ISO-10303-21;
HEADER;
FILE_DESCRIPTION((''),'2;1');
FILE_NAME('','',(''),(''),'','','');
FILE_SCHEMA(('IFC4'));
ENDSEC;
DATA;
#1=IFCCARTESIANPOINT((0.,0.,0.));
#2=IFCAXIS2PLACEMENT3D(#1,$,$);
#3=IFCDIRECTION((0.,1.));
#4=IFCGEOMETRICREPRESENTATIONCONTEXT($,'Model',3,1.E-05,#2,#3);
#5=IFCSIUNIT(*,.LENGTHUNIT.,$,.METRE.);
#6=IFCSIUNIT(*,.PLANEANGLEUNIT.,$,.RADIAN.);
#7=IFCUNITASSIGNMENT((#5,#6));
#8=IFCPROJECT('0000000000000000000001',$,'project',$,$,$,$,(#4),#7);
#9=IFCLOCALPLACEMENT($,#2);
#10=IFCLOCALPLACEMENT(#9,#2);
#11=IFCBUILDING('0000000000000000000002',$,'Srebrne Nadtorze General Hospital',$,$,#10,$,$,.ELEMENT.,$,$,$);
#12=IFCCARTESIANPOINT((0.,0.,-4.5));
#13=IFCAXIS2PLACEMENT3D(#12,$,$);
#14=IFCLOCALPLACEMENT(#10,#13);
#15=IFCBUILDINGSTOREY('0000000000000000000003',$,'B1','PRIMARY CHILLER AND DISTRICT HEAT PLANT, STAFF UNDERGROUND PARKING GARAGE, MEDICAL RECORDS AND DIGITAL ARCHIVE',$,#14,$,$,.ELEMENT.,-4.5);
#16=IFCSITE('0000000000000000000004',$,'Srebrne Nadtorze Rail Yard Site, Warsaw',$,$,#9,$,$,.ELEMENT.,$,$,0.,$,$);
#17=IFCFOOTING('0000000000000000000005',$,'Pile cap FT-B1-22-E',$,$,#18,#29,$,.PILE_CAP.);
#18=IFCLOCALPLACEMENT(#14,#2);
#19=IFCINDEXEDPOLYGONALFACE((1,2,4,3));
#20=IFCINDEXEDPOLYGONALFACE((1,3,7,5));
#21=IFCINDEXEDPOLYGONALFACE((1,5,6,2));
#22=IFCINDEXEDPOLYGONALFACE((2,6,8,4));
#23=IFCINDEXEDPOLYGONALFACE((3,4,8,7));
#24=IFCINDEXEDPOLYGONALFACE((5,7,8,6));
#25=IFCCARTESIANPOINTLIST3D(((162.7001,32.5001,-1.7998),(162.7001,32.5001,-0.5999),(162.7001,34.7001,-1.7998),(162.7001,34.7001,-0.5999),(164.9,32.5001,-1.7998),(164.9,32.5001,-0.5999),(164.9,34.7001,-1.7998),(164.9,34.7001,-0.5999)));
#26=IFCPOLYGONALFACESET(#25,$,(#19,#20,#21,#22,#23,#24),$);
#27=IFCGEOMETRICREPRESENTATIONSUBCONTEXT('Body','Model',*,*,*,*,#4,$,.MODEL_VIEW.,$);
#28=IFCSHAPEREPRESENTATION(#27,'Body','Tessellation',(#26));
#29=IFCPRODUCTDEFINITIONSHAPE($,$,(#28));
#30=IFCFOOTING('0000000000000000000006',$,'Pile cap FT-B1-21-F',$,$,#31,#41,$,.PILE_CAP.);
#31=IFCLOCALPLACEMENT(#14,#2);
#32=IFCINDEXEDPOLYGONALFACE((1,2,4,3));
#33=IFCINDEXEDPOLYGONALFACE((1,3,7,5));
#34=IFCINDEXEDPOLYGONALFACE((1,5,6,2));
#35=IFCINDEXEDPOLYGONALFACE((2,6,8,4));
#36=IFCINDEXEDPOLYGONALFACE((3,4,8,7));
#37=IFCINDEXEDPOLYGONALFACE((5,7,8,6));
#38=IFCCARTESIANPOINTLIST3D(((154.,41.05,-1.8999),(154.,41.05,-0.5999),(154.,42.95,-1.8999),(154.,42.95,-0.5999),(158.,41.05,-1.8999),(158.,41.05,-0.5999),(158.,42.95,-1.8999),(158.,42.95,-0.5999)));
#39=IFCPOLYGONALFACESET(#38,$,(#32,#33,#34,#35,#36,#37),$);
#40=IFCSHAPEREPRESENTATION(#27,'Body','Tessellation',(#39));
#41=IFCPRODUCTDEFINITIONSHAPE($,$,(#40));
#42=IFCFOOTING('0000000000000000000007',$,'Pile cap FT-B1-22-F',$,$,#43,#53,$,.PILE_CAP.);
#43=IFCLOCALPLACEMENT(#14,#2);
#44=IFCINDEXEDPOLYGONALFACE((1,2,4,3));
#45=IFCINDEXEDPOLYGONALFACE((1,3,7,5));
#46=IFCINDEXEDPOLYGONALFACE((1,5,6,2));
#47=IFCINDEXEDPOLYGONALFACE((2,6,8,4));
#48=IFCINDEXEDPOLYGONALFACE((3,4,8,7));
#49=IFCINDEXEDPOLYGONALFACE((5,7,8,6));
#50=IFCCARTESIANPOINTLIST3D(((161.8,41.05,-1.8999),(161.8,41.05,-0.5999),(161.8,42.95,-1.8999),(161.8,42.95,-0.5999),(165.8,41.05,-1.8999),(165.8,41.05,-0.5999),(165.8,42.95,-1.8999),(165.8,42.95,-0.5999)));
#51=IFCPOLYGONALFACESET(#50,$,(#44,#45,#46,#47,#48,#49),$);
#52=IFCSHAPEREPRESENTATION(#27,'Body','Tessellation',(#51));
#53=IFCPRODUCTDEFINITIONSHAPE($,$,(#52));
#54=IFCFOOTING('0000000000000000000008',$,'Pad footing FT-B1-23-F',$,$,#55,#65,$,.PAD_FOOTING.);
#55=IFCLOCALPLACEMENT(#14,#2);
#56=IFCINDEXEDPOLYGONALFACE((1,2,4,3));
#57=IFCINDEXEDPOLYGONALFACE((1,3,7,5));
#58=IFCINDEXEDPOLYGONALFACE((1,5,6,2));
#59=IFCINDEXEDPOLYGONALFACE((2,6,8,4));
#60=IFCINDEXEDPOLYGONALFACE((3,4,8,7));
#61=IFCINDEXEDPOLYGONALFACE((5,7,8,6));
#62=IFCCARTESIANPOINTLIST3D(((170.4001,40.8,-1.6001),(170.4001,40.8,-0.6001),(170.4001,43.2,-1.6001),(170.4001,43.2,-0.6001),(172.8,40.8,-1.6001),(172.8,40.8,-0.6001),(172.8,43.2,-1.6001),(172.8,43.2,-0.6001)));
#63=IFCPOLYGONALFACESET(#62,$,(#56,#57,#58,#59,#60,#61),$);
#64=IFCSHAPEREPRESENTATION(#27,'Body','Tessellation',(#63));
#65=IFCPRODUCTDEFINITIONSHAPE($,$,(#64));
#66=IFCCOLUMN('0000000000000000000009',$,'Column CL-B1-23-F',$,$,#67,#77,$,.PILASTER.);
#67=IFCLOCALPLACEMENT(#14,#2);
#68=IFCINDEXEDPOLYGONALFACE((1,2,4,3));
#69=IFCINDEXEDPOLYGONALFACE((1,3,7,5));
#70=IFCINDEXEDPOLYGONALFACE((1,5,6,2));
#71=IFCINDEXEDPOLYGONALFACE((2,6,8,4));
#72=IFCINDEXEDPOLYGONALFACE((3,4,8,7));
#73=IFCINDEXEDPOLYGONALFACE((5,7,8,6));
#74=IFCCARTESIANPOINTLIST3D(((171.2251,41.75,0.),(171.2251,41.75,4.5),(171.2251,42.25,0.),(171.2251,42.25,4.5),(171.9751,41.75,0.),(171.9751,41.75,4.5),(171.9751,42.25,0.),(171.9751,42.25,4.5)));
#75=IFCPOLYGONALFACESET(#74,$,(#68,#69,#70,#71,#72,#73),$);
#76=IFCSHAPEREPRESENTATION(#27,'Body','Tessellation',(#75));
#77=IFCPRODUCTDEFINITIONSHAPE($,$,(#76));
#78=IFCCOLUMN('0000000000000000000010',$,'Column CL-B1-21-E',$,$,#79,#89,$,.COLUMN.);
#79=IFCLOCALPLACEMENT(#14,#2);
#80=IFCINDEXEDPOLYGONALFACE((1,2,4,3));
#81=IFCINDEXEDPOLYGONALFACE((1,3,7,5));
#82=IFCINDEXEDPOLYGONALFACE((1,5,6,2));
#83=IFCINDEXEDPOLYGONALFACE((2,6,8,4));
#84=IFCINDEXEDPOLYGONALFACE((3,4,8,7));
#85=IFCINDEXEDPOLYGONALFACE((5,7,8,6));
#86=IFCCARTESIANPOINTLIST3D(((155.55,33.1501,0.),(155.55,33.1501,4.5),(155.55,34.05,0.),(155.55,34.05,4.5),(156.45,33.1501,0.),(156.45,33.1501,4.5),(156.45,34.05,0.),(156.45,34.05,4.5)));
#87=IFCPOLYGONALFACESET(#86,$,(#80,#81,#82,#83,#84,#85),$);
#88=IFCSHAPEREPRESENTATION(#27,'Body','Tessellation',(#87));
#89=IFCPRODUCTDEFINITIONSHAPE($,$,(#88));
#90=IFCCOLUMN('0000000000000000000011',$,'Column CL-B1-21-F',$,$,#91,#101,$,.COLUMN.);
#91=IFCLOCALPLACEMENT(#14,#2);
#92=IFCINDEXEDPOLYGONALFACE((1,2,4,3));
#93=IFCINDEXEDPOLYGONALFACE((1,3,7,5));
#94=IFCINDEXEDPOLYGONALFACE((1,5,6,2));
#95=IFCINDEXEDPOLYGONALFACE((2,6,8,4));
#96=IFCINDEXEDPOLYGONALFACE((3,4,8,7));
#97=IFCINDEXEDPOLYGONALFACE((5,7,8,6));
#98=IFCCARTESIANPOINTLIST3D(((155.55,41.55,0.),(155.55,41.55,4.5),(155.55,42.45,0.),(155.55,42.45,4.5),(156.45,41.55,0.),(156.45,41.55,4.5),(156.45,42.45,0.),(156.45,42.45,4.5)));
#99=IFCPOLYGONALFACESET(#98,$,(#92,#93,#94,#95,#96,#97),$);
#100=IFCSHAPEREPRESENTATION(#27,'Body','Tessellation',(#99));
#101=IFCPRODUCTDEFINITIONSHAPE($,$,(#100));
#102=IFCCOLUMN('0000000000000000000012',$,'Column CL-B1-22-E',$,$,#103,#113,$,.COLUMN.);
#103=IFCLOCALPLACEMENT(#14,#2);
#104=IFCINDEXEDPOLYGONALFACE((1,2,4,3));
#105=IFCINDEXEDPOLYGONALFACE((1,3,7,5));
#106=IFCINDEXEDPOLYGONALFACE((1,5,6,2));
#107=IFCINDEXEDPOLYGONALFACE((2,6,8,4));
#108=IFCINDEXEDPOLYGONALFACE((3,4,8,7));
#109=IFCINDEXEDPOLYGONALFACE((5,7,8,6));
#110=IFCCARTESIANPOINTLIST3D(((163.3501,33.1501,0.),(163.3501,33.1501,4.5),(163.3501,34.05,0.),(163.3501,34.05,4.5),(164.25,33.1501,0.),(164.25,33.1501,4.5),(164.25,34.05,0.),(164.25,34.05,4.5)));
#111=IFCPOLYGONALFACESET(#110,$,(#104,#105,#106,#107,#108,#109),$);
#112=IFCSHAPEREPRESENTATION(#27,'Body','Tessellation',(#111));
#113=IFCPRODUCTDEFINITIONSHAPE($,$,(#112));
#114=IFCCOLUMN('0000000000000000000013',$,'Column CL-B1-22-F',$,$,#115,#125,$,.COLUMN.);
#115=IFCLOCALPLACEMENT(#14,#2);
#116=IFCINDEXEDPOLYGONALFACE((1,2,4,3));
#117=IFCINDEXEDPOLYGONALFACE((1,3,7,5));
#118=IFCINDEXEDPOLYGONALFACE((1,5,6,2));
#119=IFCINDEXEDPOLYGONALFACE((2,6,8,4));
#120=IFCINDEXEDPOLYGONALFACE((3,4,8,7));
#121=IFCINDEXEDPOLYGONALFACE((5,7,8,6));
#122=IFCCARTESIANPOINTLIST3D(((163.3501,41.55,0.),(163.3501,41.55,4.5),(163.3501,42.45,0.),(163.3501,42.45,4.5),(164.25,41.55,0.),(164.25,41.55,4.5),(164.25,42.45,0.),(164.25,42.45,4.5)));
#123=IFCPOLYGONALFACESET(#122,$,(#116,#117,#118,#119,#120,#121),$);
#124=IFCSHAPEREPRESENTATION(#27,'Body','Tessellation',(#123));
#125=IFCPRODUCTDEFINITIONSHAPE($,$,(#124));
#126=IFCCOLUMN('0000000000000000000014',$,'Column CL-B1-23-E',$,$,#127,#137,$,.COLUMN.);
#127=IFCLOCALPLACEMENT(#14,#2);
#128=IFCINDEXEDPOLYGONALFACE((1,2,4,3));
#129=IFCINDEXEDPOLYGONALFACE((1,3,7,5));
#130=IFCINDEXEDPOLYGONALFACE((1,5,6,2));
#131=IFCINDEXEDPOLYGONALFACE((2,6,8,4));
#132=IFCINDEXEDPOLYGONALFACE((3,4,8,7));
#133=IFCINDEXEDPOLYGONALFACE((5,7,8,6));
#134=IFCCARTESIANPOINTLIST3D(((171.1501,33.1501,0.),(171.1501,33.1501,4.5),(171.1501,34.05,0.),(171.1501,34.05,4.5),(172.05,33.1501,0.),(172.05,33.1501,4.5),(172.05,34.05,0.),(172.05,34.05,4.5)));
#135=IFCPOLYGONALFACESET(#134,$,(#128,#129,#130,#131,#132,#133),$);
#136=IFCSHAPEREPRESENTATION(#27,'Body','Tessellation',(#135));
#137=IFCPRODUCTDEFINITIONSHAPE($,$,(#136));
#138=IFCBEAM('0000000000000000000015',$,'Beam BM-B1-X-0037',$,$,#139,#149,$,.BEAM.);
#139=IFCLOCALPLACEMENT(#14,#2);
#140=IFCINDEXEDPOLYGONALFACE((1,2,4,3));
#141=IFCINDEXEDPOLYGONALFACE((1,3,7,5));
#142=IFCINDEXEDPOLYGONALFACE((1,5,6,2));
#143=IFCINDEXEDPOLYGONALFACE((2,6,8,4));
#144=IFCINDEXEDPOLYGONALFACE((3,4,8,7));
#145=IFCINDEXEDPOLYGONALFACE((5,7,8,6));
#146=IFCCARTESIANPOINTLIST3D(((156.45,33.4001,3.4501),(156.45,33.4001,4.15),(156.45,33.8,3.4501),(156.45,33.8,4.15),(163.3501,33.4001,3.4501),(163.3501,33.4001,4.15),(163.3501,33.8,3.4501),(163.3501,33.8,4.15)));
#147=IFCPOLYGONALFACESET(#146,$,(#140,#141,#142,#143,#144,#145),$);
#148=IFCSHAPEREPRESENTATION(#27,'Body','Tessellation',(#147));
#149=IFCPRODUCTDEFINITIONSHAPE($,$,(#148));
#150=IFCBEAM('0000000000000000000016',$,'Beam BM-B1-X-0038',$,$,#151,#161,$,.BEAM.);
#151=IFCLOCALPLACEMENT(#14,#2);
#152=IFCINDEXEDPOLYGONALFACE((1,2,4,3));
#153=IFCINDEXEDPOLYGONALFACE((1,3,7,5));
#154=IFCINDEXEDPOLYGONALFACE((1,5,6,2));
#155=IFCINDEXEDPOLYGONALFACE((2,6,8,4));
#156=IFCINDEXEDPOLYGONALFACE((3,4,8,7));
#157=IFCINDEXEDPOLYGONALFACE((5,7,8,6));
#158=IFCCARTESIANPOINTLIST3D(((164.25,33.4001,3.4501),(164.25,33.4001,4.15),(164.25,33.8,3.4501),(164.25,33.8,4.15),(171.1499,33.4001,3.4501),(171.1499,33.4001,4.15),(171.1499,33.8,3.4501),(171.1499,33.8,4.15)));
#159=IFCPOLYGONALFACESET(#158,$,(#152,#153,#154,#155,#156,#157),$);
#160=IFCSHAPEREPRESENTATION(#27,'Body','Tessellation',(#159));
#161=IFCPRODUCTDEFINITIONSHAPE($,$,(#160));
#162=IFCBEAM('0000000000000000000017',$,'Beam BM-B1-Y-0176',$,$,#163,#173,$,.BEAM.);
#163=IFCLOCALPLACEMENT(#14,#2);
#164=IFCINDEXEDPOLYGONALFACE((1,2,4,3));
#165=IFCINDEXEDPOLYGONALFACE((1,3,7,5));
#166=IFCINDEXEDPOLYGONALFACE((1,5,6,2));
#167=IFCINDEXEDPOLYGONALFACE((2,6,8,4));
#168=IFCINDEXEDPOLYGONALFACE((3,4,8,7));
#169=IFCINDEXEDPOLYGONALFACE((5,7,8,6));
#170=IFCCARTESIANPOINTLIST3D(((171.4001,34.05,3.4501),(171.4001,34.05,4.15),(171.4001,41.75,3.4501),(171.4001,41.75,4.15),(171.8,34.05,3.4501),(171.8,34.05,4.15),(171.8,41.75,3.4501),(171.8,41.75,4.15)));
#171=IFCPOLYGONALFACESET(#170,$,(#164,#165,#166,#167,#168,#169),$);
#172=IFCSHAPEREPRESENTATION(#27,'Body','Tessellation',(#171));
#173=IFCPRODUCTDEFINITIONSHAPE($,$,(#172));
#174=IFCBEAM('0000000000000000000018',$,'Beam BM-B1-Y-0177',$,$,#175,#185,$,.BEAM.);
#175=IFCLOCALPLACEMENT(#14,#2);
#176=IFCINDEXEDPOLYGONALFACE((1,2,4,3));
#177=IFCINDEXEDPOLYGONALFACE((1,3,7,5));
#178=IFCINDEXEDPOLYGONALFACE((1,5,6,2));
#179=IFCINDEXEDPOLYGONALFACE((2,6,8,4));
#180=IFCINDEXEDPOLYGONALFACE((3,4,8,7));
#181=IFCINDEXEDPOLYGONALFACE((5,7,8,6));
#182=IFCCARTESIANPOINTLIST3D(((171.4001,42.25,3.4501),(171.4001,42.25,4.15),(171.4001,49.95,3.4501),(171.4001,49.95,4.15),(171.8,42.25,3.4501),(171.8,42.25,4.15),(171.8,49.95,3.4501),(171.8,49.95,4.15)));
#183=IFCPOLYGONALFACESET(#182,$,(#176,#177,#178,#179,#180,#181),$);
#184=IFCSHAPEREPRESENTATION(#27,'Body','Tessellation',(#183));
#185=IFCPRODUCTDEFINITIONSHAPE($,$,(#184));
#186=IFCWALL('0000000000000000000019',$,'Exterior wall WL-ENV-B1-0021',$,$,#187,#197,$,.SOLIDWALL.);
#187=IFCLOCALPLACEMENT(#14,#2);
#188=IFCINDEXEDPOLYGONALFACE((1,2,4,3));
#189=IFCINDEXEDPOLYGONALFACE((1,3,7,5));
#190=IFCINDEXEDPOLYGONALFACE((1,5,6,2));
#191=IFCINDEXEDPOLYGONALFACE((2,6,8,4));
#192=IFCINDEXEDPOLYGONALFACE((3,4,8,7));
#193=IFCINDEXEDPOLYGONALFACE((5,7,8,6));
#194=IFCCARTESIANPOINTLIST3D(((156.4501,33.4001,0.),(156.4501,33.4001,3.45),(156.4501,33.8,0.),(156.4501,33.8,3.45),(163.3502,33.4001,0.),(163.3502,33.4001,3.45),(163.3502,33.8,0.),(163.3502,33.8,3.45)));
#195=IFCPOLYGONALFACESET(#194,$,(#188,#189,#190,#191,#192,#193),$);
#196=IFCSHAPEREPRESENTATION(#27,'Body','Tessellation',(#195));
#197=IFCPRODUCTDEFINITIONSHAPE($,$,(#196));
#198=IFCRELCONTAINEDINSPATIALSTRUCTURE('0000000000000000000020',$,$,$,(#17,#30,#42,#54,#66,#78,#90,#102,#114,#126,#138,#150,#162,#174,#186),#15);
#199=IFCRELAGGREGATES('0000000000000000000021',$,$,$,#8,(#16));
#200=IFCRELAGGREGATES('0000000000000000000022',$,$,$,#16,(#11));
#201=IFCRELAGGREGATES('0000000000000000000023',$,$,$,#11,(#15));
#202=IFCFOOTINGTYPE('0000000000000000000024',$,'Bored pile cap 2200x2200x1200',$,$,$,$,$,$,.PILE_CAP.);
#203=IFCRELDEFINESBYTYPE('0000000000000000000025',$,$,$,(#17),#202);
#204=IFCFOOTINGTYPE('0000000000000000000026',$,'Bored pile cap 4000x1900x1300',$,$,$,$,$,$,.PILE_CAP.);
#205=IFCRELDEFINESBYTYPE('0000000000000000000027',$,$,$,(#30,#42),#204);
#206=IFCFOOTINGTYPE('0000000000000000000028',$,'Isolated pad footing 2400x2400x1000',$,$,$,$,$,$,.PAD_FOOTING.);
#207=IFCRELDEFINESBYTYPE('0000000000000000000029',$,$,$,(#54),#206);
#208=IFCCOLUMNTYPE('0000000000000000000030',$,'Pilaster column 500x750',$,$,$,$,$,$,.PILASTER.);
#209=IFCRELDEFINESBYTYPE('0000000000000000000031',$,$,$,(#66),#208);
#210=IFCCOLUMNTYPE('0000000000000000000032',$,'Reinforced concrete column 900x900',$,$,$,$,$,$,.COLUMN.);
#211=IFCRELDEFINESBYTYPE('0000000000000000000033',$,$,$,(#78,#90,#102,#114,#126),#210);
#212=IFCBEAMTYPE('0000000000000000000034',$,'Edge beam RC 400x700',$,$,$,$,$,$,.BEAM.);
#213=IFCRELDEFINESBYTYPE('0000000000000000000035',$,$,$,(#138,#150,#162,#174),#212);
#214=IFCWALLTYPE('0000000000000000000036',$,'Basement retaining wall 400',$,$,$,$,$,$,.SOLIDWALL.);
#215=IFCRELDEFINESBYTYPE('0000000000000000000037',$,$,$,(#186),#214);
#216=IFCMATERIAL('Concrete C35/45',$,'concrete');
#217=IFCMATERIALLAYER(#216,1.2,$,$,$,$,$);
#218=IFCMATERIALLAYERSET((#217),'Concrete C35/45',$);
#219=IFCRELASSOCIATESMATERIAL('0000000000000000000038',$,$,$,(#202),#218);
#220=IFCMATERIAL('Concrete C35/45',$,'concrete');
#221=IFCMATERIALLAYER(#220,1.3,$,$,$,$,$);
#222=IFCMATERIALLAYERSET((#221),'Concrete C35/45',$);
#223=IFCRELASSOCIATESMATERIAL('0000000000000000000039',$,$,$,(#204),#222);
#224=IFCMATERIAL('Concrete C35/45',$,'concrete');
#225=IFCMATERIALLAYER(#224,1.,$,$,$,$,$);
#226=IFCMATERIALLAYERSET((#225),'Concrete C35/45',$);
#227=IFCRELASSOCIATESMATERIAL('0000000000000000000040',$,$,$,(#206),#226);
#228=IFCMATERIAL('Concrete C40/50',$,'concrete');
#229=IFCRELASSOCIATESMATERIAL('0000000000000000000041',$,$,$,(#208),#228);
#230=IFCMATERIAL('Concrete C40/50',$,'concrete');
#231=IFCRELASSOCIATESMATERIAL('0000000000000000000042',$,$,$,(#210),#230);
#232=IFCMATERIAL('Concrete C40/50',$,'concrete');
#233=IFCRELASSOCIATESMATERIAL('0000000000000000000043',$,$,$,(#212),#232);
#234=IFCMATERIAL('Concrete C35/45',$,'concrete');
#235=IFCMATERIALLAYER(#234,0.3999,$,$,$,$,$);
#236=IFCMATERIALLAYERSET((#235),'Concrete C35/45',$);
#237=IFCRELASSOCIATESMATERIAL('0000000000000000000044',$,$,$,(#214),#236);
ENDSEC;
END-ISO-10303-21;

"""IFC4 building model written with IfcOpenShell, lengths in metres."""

from ifc_helpers import new_model, si_unit, direction, frame, frame_2d, origin, origin_2d, place, context, subcontext, project, spatial, rectangle, extrude, material, layer, layer_set, material_profile, profile_set, type_object, element, save


model = new_model("IFC4")

# Units and contexts
model_context = context("Model", 3, precision=1e-05, world=origin(), true_north=direction((0.0, 1.0)))
body_context = subcontext(model_context, "Body", "Model", "MODEL_VIEW")
ifc_project = project(units=[si_unit("LENGTHUNIT", "METRE"), si_unit("PLANEANGLEUNIT", "RADIAN")], contexts=[model_context])

# Site, building, storey
site_placement = place(None, origin())
site = spatial("IfcSite", under=ifc_project, at=site_placement, Name="Srebrne Nadtorze Rail Yard Site, Warsaw", CompositionType="ELEMENT", RefElevation=0.0)
building_placement = place(site_placement, origin())
building = spatial("IfcBuilding", under=site, at=building_placement, Name="Srebrne Nadtorze General Hospital", CompositionType="ELEMENT")
storey_placement = place(building_placement, frame((0.0, 0.0, -4.5)))
storey = spatial("IfcBuildingStorey", under=building, at=storey_placement, Name="B1", Description="PRIMARY CHILLER AND DISTRICT HEAT PLANT, STAFF UNDERGROUND PARKING GARAGE, MEDICAL RECORDS AND DIGITAL ARCHIVE", CompositionType="ELEMENT", Elevation=-4.5)

# Footings
ifc_material_1 = material(Name="Concrete C35/45", Category="concrete")
ifc_layer_1 = layer(ifc_material_1, 1.2)
ifc_layer_set_1 = layer_set([ifc_layer_1], Name="Concrete C35/45")
footing_type_1 = type_object("IfcFootingType", Name="Bored pile cap 2200x2200x1200", PredefinedType="PILE_CAP", material=ifc_layer_set_1)
for number, where, z_axis, x_axis, name in (
    (1, (163.8, 33.6001, -1.7998), (0.0, 0.0, 1.0), (1.0, 0.0, 0.0), "Pile cap FT-B1-22-E"),
):
    element("IfcFooting", number, at=place(storey_placement, frame(where, z_axis=z_axis, x_axis=x_axis)), inside=storey, type_object=footing_type_1, Name=name, PredefinedType="PILE_CAP", context=body_context, shape_type="SweptSolid", body=[
        extrude(rectangle(XDim=2.2, YDim=2.2, at=origin_2d()), origin(), (0.0, 0.0, 1.0), 1.2),
    ])
ifc_material_2 = material(Name="Concrete C35/45", Category="concrete")
ifc_layer_2 = layer(ifc_material_2, 1.3)
ifc_layer_set_2 = layer_set([ifc_layer_2], Name="Concrete C35/45")
footing_type_2 = type_object("IfcFootingType", Name="Bored pile cap 4000x1900x1300", PredefinedType="PILE_CAP", material=ifc_layer_set_2)
for number, where, z_axis, x_axis, name in (
    (2, (156.0, 42.0, -1.8999), (0.0, 0.0, 1.0), (1.0, 0.0, 0.0), "Pile cap FT-B1-21-F"),
    (3, (163.8, 42.0, -1.8999), (0.0, 0.0, 1.0), (1.0, 0.0, 0.0), "Pile cap FT-B1-22-F"),
):
    element("IfcFooting", number, at=place(storey_placement, frame(where, z_axis=z_axis, x_axis=x_axis)), inside=storey, type_object=footing_type_2, Name=name, PredefinedType="PILE_CAP", context=body_context, shape_type="SweptSolid", body=[
        extrude(rectangle(XDim=4.0, YDim=1.8999, at=origin_2d()), origin(), (0.0, 0.0, 1.0), 1.3),
    ])
ifc_material_3 = material(Name="Concrete C35/45", Category="concrete")
ifc_layer_3 = layer(ifc_material_3, 1.0)
ifc_layer_set_3 = layer_set([ifc_layer_3], Name="Concrete C35/45")
footing_type_3 = type_object("IfcFootingType", Name="Isolated pad footing 2400x2400x1000", PredefinedType="PAD_FOOTING", material=ifc_layer_set_3)
footing_1_placement = place(storey_placement, frame((171.6001, 42.0, -1.6001), z_axis=(0.0, 0.0, 1.0), x_axis=(1.0, 0.0, 0.0)))
element("IfcFooting", 4, at=footing_1_placement, inside=storey, type_object=footing_type_3, Name="Pad footing FT-B1-23-F", PredefinedType="PAD_FOOTING", context=body_context, shape_type="SweptSolid", body=[
    extrude(rectangle(XDim=2.3999, YDim=2.3999, at=origin_2d()), origin(), (0.0, 0.0, 1.0), 1.0),
])

# Columns
ifc_material_4 = material(Name="Concrete C40/50", Category="concrete")
ifc_material_profile_1 = material_profile(ifc_material_4, rectangle(XDim=0.5, YDim=0.75, at=origin_2d()), Name="RC-PIL-500x750")
ifc_profile_set_1 = profile_set([ifc_material_profile_1], Name="Concrete C40/50")
column_type_1 = type_object("IfcColumnType", Name="Pilaster column 500x750", PredefinedType="PILASTER", material=ifc_profile_set_1)
column_placement = place(storey_placement, frame((171.6001, 42.0, 0.0), z_axis=(0.0, 0.0, 1.0), x_axis=(0.0, 1.0, 0.0)))
element("IfcColumn", 5, at=column_placement, inside=storey, type_object=column_type_1, Name="Column CL-B1-23-F", PredefinedType="PILASTER", context=body_context, shape_type="SweptSolid", body=[
    extrude(rectangle(XDim=0.5, YDim=0.75, at=origin_2d()), origin(), (0.0, 0.0, 1.0), 4.5),
])
ifc_material_5 = material(Name="Concrete C40/50", Category="concrete")
ifc_material_profile_2 = material_profile(ifc_material_5, rectangle(XDim=0.8999, YDim=0.8999, at=origin_2d()), Name="RC-COL-900x900")
ifc_profile_set_2 = profile_set([ifc_material_profile_2], Name="Concrete C40/50")
column_type_2 = type_object("IfcColumnType", Name="Reinforced concrete column 900x900", PredefinedType="COLUMN", material=ifc_profile_set_2)
for number, where, z_axis, x_axis, name in (
    (6, (156.0, 33.6001, 0.0), (0.0, 0.0, 1.0), (1.0, 0.0, 0.0), "Column CL-B1-21-E"),
    (7, (156.0, 42.0, 0.0), (0.0, 0.0, 1.0), (1.0, 0.0, 0.0), "Column CL-B1-21-F"),
    (8, (163.8, 33.6001, 0.0), (0.0, 0.0, 1.0), (1.0, 0.0, 0.0), "Column CL-B1-22-E"),
    (9, (163.8, 42.0, 0.0), (0.0, 0.0, 1.0), (1.0, 0.0, 0.0), "Column CL-B1-22-F"),
    (10, (171.6001, 33.6001, 0.0), (0.0, 0.0, 1.0), (1.0, 0.0, 0.0), "Column CL-B1-23-E"),
):
    element("IfcColumn", number, at=place(storey_placement, frame(where, z_axis=z_axis, x_axis=x_axis)), inside=storey, type_object=column_type_2, Name=name, PredefinedType="COLUMN", context=body_context, shape_type="SweptSolid", body=[
        extrude(rectangle(XDim=0.8999, YDim=0.8999, at=origin_2d()), origin(), (0.0, 0.0, 1.0), 4.5),
    ])

# Beams
ifc_material_6 = material(Name="Concrete C40/50", Category="concrete")
ifc_material_profile_3 = material_profile(ifc_material_6, rectangle(XDim=0.3999, YDim=0.7, at=origin_2d()), Name="RC-BM-400x700")
ifc_profile_set_3 = profile_set([ifc_material_profile_3], Name="Concrete C40/50")
beam_type = type_object("IfcBeamType", Name="Edge beam RC 400x700", PredefinedType="BEAM", material=ifc_profile_set_3)
beam_1_placement = place(storey_placement, frame((156.45, 33.6001, 3.8), z_axis=(1.0, 0.0, 0.0), x_axis=(0.0, 1.0, 0.0)))
element("IfcBeam", 11, at=beam_1_placement, inside=storey, type_object=beam_type, Name="Beam BM-B1-X-0037", PredefinedType="BEAM", context=body_context, shape_type="SweptSolid", body=[
    extrude(rectangle(XDim=0.3999, YDim=0.7, at=origin_2d()), origin(), (0.0, 0.0, 1.0), 6.9001),
])
beam_2_placement = place(storey_placement, frame((164.25, 33.6001, 3.8), z_axis=(1.0, 0.0, 0.0), x_axis=(0.0, 1.0, 0.0)))
element("IfcBeam", 12, at=beam_2_placement, inside=storey, type_object=beam_type, Name="Beam BM-B1-X-0038", PredefinedType="BEAM", context=body_context, shape_type="SweptSolid", body=[
    extrude(rectangle(XDim=0.3999, YDim=0.7, at=origin_2d()), origin(), (0.0, 0.0, 1.0), 6.8999),
])
for number, where, z_axis, x_axis, name in (
    (13, (171.6001, 34.05, 3.8), (0.0, 1.0, 0.0), (-1.0, 0.0, 0.0), "Beam BM-B1-Y-0176"),
    (14, (171.6001, 42.25, 3.8), (0.0, 1.0, 0.0), (-1.0, 0.0, 0.0), "Beam BM-B1-Y-0177"),
):
    element("IfcBeam", number, at=place(storey_placement, frame(where, z_axis=z_axis, x_axis=x_axis)), inside=storey, type_object=beam_type, Name=name, PredefinedType="BEAM", context=body_context, shape_type="SweptSolid", body=[
        extrude(rectangle(XDim=0.3999, YDim=0.7, at=origin_2d()), origin(), (0.0, 0.0, 1.0), 7.7),
    ])

# Wall
ifc_material_7 = material(Name="Concrete C35/45", Category="concrete")
ifc_layer_4 = layer(ifc_material_7, 0.3999)
ifc_layer_set_4 = layer_set([ifc_layer_4], Name="Concrete C35/45")
wall_type_1 = type_object("IfcWallType", Name="Basement retaining wall 400", PredefinedType="SOLIDWALL", material=ifc_layer_set_4)
wall_1_placement = place(storey_placement, frame((156.45, 33.6001, 0.0), z_axis=(0.0, 0.0, 1.0), x_axis=(1.0, 0.0, 0.0)))
element("IfcWall", 15, at=wall_1_placement, inside=storey, type_object=wall_type_1, Name="Exterior wall WL-ENV-B1-0021", PredefinedType="SOLIDWALL", context=body_context, shape_type="SweptSolid", body=[
    extrude(rectangle(XDim=6.9001, YDim=0.3999, at=frame_2d((3.4502, 0.0))), origin(), (0.0, 0.0, 1.0), 3.45),
])

save(model, "model.ifc")
